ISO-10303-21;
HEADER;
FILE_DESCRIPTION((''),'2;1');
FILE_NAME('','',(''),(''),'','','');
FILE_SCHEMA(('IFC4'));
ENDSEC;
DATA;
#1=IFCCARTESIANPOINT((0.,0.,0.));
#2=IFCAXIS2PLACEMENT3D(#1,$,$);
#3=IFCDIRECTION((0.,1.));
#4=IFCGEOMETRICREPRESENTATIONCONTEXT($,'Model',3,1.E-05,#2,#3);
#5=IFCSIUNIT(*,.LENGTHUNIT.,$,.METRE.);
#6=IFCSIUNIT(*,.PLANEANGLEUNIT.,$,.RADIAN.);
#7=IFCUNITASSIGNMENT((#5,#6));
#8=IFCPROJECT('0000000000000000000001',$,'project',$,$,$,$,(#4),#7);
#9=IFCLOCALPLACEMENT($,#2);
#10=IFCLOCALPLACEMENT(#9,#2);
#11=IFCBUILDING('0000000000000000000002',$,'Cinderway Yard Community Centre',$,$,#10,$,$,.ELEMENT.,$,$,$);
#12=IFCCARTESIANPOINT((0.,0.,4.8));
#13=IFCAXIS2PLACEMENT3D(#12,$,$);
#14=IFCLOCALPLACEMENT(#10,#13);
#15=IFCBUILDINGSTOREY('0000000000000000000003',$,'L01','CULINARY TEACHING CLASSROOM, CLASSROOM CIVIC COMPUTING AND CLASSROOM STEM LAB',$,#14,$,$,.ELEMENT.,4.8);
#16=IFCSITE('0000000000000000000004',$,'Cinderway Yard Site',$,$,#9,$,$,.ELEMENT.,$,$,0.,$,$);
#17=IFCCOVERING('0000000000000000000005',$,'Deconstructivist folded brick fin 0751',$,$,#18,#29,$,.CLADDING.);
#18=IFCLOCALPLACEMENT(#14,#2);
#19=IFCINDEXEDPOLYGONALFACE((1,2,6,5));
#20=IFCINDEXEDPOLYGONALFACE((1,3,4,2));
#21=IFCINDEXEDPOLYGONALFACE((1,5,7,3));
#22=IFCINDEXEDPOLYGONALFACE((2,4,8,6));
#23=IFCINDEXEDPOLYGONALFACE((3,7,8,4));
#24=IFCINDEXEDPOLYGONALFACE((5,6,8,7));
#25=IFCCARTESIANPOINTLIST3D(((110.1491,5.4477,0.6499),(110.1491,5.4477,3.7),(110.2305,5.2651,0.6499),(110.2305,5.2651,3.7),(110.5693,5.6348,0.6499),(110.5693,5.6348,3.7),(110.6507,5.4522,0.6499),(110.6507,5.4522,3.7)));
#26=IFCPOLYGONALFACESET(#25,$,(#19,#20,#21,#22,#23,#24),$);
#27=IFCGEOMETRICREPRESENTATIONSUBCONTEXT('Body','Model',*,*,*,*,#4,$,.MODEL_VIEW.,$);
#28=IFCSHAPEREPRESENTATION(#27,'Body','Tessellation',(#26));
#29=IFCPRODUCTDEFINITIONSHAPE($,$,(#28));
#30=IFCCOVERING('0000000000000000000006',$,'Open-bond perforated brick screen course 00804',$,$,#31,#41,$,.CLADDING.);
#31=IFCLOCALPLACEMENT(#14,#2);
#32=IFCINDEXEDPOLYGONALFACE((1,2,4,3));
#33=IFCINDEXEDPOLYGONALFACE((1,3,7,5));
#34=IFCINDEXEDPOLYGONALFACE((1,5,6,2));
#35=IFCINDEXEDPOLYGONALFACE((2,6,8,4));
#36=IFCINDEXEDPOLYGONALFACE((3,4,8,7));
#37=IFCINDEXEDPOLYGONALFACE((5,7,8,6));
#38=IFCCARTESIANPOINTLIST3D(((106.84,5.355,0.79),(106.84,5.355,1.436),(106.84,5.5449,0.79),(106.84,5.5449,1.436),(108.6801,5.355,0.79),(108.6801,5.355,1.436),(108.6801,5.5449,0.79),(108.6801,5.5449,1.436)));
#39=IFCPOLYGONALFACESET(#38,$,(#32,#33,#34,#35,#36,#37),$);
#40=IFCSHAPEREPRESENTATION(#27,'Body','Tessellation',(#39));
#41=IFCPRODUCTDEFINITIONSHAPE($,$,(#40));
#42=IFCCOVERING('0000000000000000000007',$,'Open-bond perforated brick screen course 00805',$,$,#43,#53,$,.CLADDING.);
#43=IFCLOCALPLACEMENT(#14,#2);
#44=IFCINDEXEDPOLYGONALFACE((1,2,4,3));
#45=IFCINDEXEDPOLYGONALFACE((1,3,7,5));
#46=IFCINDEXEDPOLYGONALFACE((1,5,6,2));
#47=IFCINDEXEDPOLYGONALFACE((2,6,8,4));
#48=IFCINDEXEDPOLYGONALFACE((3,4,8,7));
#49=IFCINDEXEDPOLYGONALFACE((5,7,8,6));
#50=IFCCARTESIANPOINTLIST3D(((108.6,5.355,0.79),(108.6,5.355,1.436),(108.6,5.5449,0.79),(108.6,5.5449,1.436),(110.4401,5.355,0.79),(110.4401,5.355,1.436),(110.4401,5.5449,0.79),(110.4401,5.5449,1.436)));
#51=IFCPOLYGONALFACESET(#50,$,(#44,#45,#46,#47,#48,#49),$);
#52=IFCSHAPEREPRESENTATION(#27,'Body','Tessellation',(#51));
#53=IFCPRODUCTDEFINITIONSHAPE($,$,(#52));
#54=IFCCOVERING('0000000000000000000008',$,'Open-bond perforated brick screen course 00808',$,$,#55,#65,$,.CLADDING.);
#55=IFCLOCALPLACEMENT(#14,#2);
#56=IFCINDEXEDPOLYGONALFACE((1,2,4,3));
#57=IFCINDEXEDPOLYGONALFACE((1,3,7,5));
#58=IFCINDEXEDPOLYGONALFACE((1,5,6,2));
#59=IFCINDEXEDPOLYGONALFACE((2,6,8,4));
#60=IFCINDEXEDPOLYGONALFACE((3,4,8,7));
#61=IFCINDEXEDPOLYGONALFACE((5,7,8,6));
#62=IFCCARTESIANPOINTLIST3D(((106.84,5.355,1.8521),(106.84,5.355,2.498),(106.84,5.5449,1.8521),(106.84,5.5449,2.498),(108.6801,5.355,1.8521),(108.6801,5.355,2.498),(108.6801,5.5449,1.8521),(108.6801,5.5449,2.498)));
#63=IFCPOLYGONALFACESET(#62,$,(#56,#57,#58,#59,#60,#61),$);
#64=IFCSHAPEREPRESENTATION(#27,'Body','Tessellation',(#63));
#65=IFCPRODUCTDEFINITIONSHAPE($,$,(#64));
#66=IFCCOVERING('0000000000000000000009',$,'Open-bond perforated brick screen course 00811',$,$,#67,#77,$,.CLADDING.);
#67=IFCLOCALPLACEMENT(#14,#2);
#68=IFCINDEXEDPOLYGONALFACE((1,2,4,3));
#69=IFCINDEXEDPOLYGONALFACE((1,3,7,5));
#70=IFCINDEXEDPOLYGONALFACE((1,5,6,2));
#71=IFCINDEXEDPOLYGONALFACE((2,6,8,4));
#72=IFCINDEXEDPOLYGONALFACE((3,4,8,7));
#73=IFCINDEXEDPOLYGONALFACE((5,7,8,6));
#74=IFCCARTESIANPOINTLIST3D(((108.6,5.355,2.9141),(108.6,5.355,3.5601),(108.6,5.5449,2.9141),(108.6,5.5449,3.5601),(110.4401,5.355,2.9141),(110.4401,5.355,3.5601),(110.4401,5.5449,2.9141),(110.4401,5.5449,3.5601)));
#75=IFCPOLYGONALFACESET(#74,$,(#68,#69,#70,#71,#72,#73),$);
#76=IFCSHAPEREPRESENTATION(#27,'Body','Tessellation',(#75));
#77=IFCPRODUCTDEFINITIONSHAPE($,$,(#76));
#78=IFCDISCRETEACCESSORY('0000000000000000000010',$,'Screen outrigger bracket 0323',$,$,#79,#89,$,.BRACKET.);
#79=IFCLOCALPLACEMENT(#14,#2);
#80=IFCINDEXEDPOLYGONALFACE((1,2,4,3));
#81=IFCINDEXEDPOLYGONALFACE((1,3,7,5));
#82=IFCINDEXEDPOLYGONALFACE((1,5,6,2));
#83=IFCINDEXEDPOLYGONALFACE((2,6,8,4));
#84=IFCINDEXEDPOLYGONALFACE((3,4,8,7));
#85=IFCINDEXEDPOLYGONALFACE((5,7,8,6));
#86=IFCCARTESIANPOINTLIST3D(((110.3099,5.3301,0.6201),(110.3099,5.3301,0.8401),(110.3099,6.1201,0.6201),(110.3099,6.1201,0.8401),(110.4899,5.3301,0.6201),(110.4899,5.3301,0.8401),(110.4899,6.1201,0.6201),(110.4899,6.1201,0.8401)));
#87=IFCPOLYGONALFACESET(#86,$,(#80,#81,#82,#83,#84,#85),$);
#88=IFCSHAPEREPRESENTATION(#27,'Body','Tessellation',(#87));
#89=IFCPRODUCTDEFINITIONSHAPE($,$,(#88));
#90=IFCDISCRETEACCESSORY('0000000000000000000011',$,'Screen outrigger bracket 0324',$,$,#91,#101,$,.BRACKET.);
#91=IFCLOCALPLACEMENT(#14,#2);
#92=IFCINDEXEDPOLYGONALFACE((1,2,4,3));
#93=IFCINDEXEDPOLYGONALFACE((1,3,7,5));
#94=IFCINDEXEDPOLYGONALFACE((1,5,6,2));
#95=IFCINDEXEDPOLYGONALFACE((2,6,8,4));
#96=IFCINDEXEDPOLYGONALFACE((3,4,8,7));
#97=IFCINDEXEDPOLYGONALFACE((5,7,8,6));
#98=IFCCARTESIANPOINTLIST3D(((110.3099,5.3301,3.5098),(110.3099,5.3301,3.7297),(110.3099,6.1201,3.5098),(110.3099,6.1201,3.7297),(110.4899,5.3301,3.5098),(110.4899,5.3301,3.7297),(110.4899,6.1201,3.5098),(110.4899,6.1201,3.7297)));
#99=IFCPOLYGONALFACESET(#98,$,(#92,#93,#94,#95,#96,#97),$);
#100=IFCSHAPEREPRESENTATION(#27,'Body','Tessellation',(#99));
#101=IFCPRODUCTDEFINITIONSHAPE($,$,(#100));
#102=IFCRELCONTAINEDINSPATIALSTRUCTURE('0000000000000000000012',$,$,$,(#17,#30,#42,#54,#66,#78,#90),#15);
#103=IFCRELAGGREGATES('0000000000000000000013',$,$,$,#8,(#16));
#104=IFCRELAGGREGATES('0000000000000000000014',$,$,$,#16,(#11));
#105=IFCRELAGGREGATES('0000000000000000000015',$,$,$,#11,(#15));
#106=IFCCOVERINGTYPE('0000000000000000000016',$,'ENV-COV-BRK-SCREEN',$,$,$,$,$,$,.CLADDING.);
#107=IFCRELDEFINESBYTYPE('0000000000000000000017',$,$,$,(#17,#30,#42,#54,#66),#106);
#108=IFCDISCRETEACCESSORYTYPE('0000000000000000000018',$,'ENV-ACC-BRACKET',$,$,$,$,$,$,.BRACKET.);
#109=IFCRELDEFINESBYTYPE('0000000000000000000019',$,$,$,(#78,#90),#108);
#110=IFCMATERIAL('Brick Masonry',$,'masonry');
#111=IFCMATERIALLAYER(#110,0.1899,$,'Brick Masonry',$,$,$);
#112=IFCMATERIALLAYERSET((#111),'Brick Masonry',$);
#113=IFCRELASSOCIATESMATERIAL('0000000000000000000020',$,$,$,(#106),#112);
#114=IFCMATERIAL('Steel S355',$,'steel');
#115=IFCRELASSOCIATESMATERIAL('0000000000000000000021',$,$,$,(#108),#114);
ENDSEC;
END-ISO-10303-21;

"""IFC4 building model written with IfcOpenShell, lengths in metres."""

from ifc_helpers import new_model, si_unit, direction, frame, origin, origin_2d, place, context, subcontext, project, spatial, rectangle, extrude, material, layer, layer_set, type_object, element, save


model = new_model("IFC4")

# Units and contexts
model_context = context("Model", 3, precision=1e-05, world=origin(), true_north=direction((0.0, 1.0)))
body_context = subcontext(model_context, "Body", "Model", "MODEL_VIEW")
ifc_project = project(units=[si_unit("LENGTHUNIT", "METRE"), si_unit("PLANEANGLEUNIT", "RADIAN")], contexts=[model_context])

# Site, building, storey
site_placement = place(None, origin())
site = spatial("IfcSite", under=ifc_project, at=site_placement, Name="Cinderway Yard Site", CompositionType="ELEMENT", RefElevation=0.0)
building_placement = place(site_placement, origin())
building = spatial("IfcBuilding", under=site, at=building_placement, Name="Cinderway Yard Community Centre", CompositionType="ELEMENT")
storey_placement = place(building_placement, frame((0.0, 0.0, 4.8)))
storey = spatial("IfcBuildingStorey", under=building, at=storey_placement, Name="L01", Description="CULINARY TEACHING CLASSROOM, CLASSROOM CIVIC COMPUTING AND CLASSROOM STEM LAB", CompositionType="ELEMENT", Elevation=4.8)

# Shared definitions
ifc_material_1 = material(Name="Steel S355", Category="steel")

# Shared definitions
ifc_material_2 = material(Name="Brick Masonry", Category="masonry")

# Coverings
ifc_layer_1 = layer(ifc_material_2, 0.1899, Name="Brick Masonry")
ifc_layer_set_1 = layer_set([ifc_layer_1], Name="Brick Masonry")
covering_type = type_object("IfcCoveringType", Name="ENV-COV-BRK-SCREEN", PredefinedType="CLADDING", material=ifc_layer_set_1)
covering_placement = place(storey_placement, frame((110.3999, 5.45, 0.6499), z_axis=(0.0, 0.0, 1.0), x_axis=(-0.913545, -0.406737, 0.0)))
element("IfcCovering", 1, at=covering_placement, inside=storey, type_object=covering_type, Name="Deconstructivist folded brick fin 0751", PredefinedType="CLADDING", context=body_context, shape_type="SweptSolid", body=[
    extrude(rectangle(XDim=0.46, YDim=0.2, at=origin_2d()), origin(), (0.0, 0.0, 1.0), 3.05),
])
for number, where, z_axis, x_axis, name in (
    (2, (107.76, 5.45, 0.79), (0.0, 0.0, 1.0), (-1.0, 0.0, 0.0), "Open-bond perforated brick screen course 00804"),
    (3, (109.52, 5.45, 0.79), (0.0, 0.0, 1.0), (-1.0, 0.0, 0.0), "Open-bond perforated brick screen course 00805"),
    (4, (107.76, 5.45, 1.8521), (0.0, 0.0, 1.0), (-1.0, 0.0, 0.0), "Open-bond perforated brick screen course 00808"),
    (5, (109.52, 5.45, 2.9141), (0.0, 0.0, 1.0), (-1.0, 0.0, 0.0), "Open-bond perforated brick screen course 00811"),
):
    element("IfcCovering", number, at=place(storey_placement, frame(where, z_axis=z_axis, x_axis=x_axis)), inside=storey, type_object=covering_type, Name=name, PredefinedType="CLADDING", context=body_context, shape_type="SweptSolid", body=[
        extrude(rectangle(XDim=1.8401, YDim=0.1899, at=origin_2d()), origin(), (0.0, 0.0, 1.0), 0.646),
    ])

# Discrete accessories
discrete_accessory_type = type_object("IfcDiscreteAccessoryType", Name="ENV-ACC-BRACKET", PredefinedType="BRACKET", material=ifc_material_1)
for number, where, z_axis, x_axis, name in (
    (6, (110.3999, 5.7251, 0.6201), (0.0, 0.0, 1.0), (0.0, -1.0, 0.0), "Screen outrigger bracket 0323"),
    (7, (110.3999, 5.7251, 3.5098), (0.0, 0.0, 1.0), (0.0, -1.0, 0.0), "Screen outrigger bracket 0324"),
):
    element("IfcDiscreteAccessory", number, at=place(storey_placement, frame(where, z_axis=z_axis, x_axis=x_axis)), inside=storey, type_object=discrete_accessory_type, Name=name, PredefinedType="BRACKET", context=body_context, shape_type="SweptSolid", body=[
        extrude(rectangle(XDim=0.79, YDim=0.1799, at=origin_2d()), origin(), (0.0, 0.0, 1.0), 0.22),
    ])

save(model, "model.ifc")
